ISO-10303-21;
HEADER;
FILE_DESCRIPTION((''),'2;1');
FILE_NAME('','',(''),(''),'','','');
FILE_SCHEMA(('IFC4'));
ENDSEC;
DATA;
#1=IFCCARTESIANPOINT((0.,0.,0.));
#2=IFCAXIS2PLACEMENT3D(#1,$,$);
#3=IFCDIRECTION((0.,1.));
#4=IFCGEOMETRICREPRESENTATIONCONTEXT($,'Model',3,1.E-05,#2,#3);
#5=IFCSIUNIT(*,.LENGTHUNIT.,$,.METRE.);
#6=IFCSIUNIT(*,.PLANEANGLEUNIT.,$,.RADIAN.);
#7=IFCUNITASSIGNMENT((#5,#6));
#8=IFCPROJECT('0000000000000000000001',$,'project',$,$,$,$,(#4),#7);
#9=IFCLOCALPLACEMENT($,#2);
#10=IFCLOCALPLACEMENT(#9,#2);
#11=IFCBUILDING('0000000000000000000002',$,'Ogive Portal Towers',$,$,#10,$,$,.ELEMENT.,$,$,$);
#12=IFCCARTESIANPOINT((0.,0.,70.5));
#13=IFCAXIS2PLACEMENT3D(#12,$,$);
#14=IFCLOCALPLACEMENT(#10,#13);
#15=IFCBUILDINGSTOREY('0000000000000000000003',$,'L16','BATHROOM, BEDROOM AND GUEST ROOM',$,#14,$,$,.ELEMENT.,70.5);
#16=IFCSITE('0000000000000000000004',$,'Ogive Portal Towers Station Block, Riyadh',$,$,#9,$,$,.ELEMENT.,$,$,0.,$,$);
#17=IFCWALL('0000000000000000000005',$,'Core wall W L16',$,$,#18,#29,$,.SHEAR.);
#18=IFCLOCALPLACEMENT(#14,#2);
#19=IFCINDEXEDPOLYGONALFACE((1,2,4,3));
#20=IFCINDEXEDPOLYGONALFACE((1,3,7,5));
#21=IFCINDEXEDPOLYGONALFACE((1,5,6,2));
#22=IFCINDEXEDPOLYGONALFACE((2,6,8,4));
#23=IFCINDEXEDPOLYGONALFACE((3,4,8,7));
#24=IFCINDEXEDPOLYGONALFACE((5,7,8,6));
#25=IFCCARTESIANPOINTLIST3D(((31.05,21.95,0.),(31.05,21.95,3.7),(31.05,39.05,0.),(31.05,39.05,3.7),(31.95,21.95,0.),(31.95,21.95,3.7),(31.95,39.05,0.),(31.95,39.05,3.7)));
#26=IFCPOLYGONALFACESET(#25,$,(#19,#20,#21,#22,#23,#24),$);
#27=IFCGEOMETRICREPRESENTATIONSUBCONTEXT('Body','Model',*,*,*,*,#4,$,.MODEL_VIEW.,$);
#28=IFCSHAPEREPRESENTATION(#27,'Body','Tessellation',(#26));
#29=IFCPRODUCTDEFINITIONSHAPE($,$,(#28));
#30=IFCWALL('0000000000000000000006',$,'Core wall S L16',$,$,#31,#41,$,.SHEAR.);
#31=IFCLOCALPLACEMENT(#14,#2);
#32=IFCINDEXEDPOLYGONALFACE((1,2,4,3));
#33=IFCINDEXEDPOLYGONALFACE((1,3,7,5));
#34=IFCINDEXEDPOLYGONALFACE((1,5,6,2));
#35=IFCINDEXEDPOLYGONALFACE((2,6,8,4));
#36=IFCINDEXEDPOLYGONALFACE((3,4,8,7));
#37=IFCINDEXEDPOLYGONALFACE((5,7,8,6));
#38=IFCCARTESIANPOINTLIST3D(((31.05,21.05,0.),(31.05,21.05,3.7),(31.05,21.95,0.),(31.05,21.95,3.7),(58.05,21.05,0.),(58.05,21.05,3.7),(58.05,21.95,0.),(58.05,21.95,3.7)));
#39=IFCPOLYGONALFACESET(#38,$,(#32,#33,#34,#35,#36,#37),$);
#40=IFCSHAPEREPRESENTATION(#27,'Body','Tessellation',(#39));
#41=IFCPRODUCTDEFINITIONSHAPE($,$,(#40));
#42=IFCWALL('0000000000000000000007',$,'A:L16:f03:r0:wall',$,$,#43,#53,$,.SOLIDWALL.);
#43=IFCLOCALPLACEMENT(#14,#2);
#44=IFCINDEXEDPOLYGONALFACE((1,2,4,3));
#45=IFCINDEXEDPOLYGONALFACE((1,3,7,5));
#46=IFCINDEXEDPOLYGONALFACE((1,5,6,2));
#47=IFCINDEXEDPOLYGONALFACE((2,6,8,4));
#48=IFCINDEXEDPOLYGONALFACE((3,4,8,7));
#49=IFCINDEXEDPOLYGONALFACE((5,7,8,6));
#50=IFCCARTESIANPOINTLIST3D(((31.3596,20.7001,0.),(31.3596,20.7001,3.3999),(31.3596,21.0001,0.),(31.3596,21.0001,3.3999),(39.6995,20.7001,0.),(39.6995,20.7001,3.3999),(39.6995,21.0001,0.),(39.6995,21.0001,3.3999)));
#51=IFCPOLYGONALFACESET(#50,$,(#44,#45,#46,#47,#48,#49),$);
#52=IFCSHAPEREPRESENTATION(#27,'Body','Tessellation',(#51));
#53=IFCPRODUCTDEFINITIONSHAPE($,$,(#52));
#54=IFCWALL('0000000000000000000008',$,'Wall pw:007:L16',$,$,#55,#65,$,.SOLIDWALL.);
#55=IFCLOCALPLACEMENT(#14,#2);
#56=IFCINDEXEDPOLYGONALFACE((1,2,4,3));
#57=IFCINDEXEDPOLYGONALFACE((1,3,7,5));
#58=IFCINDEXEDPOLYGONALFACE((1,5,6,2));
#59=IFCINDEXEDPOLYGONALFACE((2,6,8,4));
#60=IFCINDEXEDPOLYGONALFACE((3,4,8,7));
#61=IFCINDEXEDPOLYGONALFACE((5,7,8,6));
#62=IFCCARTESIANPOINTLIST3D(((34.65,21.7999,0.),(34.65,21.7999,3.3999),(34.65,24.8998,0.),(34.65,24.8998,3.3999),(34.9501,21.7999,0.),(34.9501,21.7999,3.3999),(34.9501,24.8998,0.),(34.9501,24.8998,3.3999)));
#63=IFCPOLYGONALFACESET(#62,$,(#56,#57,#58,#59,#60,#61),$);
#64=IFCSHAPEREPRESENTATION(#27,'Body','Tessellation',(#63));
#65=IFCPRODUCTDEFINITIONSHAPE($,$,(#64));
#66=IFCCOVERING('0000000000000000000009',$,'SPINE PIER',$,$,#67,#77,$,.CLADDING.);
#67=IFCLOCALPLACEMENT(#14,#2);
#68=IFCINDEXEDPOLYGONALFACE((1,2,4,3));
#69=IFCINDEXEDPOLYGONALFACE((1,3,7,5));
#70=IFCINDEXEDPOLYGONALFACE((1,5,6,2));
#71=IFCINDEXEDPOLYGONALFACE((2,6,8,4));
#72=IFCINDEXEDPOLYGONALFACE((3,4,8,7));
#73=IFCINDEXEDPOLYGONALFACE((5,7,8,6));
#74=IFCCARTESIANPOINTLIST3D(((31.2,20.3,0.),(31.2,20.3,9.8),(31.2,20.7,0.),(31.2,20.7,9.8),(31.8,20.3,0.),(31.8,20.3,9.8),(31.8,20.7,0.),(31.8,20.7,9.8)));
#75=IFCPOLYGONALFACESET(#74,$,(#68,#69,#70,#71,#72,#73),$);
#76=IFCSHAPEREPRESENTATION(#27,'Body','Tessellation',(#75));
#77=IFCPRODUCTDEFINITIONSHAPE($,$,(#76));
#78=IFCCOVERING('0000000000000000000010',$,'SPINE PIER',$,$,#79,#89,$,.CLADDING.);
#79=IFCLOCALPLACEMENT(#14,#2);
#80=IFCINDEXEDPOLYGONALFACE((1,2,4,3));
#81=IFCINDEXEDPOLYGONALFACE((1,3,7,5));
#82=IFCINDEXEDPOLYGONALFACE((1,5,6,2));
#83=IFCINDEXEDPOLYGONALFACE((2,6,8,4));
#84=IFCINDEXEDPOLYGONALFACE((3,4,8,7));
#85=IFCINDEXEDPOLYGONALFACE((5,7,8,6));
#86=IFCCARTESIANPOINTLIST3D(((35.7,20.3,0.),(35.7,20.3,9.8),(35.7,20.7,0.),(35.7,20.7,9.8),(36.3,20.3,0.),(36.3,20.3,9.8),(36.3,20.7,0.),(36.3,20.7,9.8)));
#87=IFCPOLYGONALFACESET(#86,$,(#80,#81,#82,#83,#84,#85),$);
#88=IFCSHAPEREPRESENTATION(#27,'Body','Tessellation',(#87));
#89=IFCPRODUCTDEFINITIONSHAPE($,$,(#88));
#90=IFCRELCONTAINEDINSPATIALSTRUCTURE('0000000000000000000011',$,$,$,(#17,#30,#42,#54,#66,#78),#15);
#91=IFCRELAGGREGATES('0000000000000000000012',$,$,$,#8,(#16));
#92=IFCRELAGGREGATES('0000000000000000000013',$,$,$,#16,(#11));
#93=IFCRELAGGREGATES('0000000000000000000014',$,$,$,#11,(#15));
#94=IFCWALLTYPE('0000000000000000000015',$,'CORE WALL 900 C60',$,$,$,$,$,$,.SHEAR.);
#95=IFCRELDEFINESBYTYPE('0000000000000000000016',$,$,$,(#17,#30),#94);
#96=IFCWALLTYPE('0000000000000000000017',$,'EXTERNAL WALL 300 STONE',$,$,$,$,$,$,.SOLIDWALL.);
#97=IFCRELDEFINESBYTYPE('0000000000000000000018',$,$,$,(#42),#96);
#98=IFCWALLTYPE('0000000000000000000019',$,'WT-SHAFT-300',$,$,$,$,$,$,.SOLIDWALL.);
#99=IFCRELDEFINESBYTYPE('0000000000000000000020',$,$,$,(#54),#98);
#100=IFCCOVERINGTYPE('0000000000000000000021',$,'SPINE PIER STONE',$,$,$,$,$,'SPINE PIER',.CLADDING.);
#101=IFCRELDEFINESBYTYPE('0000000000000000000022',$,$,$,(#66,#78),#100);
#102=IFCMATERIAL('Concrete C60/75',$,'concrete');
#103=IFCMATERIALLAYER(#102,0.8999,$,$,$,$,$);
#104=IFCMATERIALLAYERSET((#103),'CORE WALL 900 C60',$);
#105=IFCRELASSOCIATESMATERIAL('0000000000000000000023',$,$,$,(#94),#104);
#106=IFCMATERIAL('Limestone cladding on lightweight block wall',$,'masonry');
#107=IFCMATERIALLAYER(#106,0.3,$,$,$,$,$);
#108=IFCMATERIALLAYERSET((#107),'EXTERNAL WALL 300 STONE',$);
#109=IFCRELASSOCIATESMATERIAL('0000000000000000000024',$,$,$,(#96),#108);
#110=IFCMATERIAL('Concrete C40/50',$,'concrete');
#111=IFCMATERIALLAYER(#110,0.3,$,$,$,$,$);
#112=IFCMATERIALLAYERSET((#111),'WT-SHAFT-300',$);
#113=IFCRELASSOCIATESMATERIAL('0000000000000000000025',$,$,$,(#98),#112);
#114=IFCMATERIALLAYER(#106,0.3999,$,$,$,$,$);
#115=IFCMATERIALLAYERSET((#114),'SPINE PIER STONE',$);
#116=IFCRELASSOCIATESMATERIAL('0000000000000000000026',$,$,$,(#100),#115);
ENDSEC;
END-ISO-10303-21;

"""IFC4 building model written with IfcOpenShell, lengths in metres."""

from ifc_helpers import new_model, si_unit, direction, frame, frame_2d, origin, origin_2d, place, context, subcontext, project, spatial, rectangle, extrude, material, layer, layer_set, type_object, element, save


model = new_model("IFC4")

# Units and contexts
model_context = context("Model", 3, precision=1e-05, world=origin(), true_north=direction((0.0, 1.0)))
body_context = subcontext(model_context, "Body", "Model", "MODEL_VIEW")
ifc_project = project(units=[si_unit("LENGTHUNIT", "METRE"), si_unit("PLANEANGLEUNIT", "RADIAN")], contexts=[model_context])

# Site, building, storey
site_placement = place(None, origin())
site = spatial("IfcSite", under=ifc_project, at=site_placement, Name="Ogive Portal Towers Station Block, Riyadh", CompositionType="ELEMENT", RefElevation=0.0)
building_placement = place(site_placement, origin())
building = spatial("IfcBuilding", under=site, at=building_placement, Name="Ogive Portal Towers", CompositionType="ELEMENT")
storey_placement = place(building_placement, frame((0.0, 0.0, 70.5)))
storey = spatial("IfcBuildingStorey", under=building, at=storey_placement, Name="L16", Description="BATHROOM, BEDROOM AND GUEST ROOM", CompositionType="ELEMENT", Elevation=70.5)

# Walls
ifc_material_1 = material(Name="Concrete C60/75", Category="concrete")
ifc_layer_1 = layer(ifc_material_1, 0.8999)
ifc_layer_set_1 = layer_set([ifc_layer_1], Name="CORE WALL 900 C60")
wall_type_1 = type_object("IfcWallType", Name="CORE WALL 900 C60", PredefinedType="SHEAR", material=ifc_layer_set_1)
wall_1_placement = place(storey_placement, frame((31.5, 21.95, 0.0), z_axis=(0.0, 0.0, 1.0), x_axis=(0.0, 1.0, 0.0)))
element("IfcWall", 1, at=wall_1_placement, inside=storey, type_object=wall_type_1, Name="Core wall W L16", PredefinedType="SHEAR", context=body_context, shape_type="SweptSolid", body=[
    extrude(rectangle(XDim=17.1001, YDim=0.8999, at=frame_2d((8.55, 0.0))), origin(), (0.0, 0.0, 1.0), 3.7),
])
wall_2_placement = place(storey_placement, frame((31.05, 21.5, 0.0), z_axis=(0.0, 0.0, 1.0), x_axis=(1.0, 0.0, 0.0)))
element("IfcWall", 2, at=wall_2_placement, inside=storey, type_object=wall_type_1, Name="Core wall S L16", PredefinedType="SHEAR", context=body_context, shape_type="SweptSolid", body=[
    extrude(rectangle(XDim=27.0, YDim=0.8999, at=frame_2d((13.5, 0.0))), origin(), (0.0, 0.0, 1.0), 3.7),
])
ifc_material_2 = material(Name="Limestone cladding on lightweight block wall", Category="masonry")
ifc_layer_2 = layer(ifc_material_2, 0.3)
ifc_layer_set_2 = layer_set([ifc_layer_2], Name="EXTERNAL WALL 300 STONE")
wall_type_2 = type_object("IfcWallType", Name="EXTERNAL WALL 300 STONE", PredefinedType="SOLIDWALL", material=ifc_layer_set_2)
wall_3_placement = place(storey_placement, frame((31.3596, 20.8501, 0.0), z_axis=(0.0, 0.0, 1.0), x_axis=(1.0, 0.0, 0.0)))
element("IfcWall", 3, at=wall_3_placement, inside=storey, type_object=wall_type_2, Name="A:L16:f03:r0:wall", PredefinedType="SOLIDWALL", context=body_context, shape_type="SweptSolid", body=[
    extrude(rectangle(XDim=8.3398, YDim=0.3, at=frame_2d((4.1699, 0.0))), origin(), (0.0, 0.0, 1.0), 3.3999),
])

# Shared definitions
ifc_material_3 = material(Name="Concrete C40/50", Category="concrete")
ifc_layer_3 = layer(ifc_material_3, 0.3)
ifc_layer_set_3 = layer_set([ifc_layer_3], Name="WT-SHAFT-300")
wall_type_3 = type_object("IfcWallType", Name="WT-SHAFT-300", PredefinedType="SOLIDWALL", material=ifc_layer_set_3)

# Wall
wall_4_placement = place(storey_placement, frame((34.8, 21.8, 0.0), z_axis=(0.0, 0.0, 1.0), x_axis=(0.0, 1.0, 0.0)))
element("IfcWall", 4, at=wall_4_placement, inside=storey, type_object=wall_type_3, Name="Wall pw:007:L16", PredefinedType="SOLIDWALL", context=body_context, shape_type="SweptSolid", body=[
    extrude(rectangle(XDim=3.0999, YDim=0.3, at=frame_2d((1.5498, 0.0))), origin(), (0.0, 0.0, 1.0), 3.3999),
])

# Coverings
ifc_layer_4 = layer(ifc_material_2, 0.3999)
ifc_layer_set_4 = layer_set([ifc_layer_4], Name="SPINE PIER STONE")
covering_type = type_object("IfcCoveringType", Name="SPINE PIER STONE", ElementType="SPINE PIER", PredefinedType="CLADDING", material=ifc_layer_set_4)
for number, where, z_axis, x_axis, name in (
    (5, (31.5, 20.5, 0.0), (0.0, 0.0, 1.0), (1.0, 0.0, 0.0), "SPINE PIER"),
    (6, (36.0, 20.5, 0.0), (0.0, 0.0, 1.0), (1.0, 0.0, 0.0), "SPINE PIER"),
):
    element("IfcCovering", number, at=place(storey_placement, frame(where, z_axis=z_axis, x_axis=x_axis)), inside=storey, type_object=covering_type, Name=name, PredefinedType="CLADDING", context=body_context, shape_type="SweptSolid", body=[
        extrude(rectangle(XDim=0.6001, YDim=0.3999, at=origin_2d()), origin(), (0.0, 0.0, 1.0), 9.8),
    ])

save(model, "model.ifc")
